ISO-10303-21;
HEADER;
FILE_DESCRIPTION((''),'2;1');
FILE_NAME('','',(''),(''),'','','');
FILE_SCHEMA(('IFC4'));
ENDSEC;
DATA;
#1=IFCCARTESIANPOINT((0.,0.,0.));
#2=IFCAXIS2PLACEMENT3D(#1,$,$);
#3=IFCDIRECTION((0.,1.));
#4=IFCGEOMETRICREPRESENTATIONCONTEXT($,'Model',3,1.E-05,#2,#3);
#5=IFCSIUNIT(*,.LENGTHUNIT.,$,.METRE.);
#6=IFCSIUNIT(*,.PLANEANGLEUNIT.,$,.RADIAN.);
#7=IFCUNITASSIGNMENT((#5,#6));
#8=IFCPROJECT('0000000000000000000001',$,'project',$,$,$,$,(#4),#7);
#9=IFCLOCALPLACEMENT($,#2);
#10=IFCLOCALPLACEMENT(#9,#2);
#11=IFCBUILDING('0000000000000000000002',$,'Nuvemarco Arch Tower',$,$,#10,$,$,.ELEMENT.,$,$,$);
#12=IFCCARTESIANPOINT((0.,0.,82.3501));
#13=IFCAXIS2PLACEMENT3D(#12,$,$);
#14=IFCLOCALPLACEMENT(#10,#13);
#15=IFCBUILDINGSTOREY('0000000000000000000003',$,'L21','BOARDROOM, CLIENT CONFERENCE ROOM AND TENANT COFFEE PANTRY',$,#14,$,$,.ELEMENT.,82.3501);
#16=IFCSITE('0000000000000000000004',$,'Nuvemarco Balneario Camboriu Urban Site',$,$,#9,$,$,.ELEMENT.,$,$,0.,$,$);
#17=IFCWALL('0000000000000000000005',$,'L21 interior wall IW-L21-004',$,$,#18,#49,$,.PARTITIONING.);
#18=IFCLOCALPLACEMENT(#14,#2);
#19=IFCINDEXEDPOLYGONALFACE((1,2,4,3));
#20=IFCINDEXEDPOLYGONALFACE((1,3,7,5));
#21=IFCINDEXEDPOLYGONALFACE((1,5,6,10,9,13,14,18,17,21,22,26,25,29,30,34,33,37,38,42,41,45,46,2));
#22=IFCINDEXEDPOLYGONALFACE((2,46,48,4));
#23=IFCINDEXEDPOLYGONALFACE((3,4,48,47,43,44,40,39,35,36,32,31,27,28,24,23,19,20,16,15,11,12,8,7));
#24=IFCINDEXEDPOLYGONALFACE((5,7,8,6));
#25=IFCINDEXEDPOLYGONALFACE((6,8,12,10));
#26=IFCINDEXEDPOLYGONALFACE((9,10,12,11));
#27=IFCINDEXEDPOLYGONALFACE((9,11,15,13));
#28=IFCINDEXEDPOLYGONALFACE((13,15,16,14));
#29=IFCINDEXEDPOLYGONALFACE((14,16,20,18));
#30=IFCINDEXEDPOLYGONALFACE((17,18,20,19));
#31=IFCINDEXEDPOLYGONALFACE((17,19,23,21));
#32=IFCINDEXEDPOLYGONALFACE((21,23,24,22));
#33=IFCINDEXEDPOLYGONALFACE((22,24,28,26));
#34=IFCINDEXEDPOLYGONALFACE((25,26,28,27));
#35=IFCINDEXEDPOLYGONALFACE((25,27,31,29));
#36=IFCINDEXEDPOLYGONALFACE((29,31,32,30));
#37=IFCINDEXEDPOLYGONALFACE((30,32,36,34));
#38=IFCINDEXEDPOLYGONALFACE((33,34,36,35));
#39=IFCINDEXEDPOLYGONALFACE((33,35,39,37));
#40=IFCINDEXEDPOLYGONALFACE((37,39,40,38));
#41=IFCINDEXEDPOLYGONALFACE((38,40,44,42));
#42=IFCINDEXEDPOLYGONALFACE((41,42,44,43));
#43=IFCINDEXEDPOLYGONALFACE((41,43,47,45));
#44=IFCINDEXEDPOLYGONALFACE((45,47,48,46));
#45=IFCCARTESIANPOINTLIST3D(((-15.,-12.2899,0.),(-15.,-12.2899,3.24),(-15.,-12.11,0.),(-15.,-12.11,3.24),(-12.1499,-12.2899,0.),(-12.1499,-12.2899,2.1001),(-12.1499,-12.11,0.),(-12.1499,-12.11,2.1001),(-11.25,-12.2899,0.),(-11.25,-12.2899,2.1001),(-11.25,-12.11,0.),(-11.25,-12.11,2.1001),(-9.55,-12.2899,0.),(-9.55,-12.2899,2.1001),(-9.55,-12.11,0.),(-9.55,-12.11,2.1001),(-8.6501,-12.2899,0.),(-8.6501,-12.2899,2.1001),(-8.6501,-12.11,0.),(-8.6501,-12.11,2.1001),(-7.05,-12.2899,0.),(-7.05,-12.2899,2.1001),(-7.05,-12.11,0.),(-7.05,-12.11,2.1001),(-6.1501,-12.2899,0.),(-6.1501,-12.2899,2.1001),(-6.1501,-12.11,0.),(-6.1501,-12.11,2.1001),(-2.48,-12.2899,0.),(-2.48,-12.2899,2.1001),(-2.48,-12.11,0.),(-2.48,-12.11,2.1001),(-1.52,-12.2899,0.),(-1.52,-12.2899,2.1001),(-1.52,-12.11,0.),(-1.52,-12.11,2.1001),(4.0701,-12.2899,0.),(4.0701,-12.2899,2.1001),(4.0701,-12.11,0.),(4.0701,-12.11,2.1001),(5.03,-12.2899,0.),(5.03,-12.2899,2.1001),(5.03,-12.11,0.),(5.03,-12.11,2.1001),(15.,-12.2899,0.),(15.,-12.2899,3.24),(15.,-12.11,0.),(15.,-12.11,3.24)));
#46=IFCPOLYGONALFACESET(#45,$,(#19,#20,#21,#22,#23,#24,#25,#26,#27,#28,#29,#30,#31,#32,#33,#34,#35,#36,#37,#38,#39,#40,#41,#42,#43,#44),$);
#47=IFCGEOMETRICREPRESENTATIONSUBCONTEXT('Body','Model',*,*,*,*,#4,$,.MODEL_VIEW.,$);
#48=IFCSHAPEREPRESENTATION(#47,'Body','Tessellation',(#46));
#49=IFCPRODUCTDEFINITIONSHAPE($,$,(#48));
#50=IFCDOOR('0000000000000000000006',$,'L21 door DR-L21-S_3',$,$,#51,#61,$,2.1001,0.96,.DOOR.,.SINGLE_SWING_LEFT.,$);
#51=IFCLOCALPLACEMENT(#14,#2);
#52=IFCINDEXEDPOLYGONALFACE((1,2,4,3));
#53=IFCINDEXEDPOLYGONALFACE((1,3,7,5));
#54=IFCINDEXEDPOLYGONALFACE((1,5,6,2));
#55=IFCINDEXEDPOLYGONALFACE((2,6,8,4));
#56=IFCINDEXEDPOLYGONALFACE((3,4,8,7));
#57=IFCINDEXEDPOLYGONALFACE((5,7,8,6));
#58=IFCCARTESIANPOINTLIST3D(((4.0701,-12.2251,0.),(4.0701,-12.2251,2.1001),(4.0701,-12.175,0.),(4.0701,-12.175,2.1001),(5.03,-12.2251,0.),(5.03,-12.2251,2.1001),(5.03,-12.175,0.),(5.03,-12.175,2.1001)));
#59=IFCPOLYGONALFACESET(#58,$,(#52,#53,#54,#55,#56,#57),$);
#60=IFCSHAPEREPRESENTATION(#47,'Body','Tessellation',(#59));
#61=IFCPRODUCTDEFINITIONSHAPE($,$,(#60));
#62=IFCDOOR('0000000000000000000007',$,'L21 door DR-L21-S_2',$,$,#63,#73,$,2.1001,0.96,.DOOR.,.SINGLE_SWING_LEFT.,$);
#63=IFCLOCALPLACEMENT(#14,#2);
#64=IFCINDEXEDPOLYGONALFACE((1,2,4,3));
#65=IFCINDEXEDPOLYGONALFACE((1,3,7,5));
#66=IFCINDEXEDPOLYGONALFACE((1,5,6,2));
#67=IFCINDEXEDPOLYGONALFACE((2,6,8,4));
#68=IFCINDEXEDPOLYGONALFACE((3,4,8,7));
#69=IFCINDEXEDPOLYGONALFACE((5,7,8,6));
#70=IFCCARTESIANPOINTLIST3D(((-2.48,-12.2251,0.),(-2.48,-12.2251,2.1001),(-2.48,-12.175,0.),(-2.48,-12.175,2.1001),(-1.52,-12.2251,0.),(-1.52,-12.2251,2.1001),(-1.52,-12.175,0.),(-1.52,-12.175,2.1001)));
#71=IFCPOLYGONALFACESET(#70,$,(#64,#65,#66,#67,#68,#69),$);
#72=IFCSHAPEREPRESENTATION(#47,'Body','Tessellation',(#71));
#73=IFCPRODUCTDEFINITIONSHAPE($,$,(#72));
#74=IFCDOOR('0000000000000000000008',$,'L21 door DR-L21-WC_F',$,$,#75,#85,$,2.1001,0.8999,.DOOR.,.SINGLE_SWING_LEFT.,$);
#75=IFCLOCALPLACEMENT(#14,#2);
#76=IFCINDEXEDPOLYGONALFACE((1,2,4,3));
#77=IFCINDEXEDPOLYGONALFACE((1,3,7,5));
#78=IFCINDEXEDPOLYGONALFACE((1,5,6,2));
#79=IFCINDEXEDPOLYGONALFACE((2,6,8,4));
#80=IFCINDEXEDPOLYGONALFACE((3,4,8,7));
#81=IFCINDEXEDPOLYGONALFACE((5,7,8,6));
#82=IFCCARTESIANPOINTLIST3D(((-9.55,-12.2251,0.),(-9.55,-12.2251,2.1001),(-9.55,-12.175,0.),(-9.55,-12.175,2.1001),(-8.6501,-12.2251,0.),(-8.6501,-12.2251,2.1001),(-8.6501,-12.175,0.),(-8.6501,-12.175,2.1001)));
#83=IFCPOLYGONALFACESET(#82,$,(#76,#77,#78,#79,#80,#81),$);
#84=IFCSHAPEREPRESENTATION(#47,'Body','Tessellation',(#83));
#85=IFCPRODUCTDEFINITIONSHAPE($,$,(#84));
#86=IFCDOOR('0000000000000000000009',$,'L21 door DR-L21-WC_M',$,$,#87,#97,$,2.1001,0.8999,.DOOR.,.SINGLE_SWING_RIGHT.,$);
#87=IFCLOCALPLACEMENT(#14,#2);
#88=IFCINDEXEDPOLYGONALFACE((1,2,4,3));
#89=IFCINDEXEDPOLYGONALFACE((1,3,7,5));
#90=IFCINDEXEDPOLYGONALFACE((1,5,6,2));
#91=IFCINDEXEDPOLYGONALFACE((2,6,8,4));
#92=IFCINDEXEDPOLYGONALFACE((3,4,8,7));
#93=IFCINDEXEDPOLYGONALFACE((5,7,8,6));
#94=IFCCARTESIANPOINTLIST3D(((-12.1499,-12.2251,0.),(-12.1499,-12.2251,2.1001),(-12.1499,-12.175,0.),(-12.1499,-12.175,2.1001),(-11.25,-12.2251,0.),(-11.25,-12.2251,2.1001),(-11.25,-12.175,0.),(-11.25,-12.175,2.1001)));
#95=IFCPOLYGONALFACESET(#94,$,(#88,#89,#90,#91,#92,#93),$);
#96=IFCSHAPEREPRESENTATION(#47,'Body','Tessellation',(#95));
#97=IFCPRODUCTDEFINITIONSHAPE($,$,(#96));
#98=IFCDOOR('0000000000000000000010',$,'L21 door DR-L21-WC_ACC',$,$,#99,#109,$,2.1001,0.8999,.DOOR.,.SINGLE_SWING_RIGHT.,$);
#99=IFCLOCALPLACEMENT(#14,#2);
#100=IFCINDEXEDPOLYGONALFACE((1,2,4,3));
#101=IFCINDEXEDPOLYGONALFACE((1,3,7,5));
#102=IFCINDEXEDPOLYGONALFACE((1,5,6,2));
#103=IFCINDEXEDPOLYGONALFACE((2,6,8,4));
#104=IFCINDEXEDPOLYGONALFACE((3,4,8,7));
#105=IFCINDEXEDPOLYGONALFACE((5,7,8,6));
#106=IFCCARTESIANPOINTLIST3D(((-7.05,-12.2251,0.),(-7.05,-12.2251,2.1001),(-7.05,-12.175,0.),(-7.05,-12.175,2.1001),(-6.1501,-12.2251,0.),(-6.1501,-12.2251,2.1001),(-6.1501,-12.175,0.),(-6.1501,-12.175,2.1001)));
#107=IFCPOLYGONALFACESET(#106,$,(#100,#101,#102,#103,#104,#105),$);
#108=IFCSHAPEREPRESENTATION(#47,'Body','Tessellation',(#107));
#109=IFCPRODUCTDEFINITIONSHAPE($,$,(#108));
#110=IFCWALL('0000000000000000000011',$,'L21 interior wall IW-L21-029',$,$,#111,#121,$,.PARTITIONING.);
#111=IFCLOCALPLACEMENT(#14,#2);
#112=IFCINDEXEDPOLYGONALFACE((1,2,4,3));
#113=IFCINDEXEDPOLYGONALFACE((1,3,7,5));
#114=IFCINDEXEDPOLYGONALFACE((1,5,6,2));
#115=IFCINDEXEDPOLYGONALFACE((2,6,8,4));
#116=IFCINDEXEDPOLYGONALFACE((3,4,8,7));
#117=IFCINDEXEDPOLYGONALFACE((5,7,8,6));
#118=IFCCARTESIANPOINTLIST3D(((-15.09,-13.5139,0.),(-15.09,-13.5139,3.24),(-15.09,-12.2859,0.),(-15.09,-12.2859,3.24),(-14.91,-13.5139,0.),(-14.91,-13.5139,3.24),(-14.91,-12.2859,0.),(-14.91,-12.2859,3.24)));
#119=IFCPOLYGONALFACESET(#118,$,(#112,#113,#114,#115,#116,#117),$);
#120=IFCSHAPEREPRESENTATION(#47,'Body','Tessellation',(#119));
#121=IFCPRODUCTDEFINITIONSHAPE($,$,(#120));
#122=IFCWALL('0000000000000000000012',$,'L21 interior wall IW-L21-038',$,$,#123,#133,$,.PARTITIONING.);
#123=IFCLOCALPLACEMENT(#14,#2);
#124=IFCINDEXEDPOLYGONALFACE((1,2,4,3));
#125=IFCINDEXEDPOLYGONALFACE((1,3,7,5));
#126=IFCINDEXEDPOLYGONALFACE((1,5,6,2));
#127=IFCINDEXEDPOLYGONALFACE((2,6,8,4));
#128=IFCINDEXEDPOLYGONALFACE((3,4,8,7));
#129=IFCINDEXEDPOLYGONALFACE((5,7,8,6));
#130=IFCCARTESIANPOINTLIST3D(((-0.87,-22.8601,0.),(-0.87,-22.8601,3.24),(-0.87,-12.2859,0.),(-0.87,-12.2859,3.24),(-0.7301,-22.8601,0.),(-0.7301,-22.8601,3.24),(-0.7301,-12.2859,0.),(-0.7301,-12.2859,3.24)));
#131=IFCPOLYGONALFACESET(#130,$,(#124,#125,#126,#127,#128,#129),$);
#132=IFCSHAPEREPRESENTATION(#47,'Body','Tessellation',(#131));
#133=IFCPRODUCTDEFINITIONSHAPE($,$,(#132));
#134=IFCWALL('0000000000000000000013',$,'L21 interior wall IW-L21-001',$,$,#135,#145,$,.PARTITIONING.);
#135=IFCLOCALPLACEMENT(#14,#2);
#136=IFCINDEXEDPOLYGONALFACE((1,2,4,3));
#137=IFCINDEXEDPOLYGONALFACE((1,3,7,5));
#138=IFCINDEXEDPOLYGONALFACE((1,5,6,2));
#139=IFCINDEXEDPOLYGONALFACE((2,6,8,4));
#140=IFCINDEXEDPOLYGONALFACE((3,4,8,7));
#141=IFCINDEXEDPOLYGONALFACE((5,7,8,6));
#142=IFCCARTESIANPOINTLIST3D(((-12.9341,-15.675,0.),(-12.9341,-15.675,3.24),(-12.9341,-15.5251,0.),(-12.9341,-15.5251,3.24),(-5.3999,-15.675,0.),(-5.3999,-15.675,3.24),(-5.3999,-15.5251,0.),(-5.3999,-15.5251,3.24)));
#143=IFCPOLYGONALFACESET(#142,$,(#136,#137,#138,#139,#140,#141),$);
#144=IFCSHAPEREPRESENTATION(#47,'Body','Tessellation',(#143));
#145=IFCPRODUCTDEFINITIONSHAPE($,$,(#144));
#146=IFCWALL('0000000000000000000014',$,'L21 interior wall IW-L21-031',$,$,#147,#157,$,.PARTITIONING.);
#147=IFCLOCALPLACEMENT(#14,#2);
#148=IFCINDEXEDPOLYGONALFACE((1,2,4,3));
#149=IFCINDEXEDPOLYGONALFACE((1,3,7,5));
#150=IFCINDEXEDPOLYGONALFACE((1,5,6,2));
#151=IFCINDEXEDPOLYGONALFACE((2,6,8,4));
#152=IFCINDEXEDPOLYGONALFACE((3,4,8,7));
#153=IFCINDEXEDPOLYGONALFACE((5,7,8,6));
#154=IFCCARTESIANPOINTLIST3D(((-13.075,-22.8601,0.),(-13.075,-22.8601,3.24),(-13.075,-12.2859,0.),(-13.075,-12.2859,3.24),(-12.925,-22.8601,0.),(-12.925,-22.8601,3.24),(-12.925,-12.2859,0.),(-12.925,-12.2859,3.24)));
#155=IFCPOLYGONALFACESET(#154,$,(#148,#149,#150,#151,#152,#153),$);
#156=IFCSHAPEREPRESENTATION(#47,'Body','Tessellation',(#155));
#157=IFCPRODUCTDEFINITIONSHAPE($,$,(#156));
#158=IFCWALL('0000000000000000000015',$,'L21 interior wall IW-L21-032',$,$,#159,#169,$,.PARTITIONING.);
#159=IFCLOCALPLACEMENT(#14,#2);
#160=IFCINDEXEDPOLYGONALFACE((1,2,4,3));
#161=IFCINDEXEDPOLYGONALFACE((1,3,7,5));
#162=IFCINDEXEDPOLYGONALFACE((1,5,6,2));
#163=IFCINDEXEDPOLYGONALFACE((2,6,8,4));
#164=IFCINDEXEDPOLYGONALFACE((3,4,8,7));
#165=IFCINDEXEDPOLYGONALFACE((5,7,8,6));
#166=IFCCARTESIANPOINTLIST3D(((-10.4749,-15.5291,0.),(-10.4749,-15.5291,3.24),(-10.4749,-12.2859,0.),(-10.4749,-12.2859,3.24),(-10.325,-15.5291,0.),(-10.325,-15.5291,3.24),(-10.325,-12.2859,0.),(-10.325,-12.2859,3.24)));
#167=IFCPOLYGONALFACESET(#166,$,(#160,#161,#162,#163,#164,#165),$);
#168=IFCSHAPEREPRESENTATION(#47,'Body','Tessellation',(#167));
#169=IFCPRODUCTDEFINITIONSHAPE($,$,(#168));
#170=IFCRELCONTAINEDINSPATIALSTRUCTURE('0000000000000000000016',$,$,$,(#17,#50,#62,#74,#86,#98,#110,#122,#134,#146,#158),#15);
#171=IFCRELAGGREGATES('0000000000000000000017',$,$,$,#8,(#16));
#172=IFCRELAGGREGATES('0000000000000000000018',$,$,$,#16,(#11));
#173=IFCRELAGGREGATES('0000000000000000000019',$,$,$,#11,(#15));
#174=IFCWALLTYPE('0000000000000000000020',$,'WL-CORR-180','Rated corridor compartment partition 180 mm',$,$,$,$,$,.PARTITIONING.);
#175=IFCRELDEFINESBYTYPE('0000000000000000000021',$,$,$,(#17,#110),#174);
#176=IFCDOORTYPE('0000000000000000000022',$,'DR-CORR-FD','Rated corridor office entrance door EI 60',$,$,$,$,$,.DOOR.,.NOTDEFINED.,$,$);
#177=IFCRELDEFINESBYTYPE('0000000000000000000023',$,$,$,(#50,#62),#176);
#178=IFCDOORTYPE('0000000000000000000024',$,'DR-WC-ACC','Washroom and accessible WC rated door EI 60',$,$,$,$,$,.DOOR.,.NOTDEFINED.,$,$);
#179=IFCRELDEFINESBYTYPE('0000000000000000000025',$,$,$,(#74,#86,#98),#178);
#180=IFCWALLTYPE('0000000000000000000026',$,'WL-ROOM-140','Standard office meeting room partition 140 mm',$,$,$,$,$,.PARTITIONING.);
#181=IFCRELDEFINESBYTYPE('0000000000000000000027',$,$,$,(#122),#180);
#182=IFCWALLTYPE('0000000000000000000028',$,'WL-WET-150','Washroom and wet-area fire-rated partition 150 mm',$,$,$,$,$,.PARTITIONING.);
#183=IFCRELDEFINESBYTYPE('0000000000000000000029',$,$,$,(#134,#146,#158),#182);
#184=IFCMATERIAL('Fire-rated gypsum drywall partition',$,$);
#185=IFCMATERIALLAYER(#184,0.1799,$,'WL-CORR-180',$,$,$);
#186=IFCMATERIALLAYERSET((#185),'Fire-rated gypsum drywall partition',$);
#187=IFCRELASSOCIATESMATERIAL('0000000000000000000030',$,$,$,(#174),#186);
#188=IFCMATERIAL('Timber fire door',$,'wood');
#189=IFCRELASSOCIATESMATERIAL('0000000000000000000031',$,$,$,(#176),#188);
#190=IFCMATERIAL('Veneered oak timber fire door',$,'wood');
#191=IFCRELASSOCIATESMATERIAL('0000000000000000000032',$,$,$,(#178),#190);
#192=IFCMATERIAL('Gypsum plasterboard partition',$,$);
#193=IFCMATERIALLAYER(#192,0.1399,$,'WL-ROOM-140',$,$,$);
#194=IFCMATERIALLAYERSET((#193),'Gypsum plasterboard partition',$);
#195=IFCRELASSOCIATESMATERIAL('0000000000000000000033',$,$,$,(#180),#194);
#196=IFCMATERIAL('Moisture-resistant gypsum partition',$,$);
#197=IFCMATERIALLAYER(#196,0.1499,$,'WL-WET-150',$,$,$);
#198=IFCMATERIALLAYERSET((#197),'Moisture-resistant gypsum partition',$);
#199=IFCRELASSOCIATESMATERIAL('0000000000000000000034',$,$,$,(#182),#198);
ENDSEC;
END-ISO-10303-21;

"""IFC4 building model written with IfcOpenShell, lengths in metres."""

from ifc_helpers import new_model, si_unit, direction, frame, frame_2d, origin, place, context, subcontext, project, spatial, rectangle, extrude, source, transform, mapped, material, layer, layer_set, type_object, type_shapes, element, fill, save


model = new_model("IFC4")

# Units and contexts
model_context = context("Model", 3, precision=1e-05, world=origin(), true_north=direction((0.0, 1.0)))
body_context = subcontext(model_context, "Body", "Model", "MODEL_VIEW")
ifc_project = project(units=[si_unit("LENGTHUNIT", "METRE"), si_unit("PLANEANGLEUNIT", "RADIAN")], contexts=[model_context])

# Site, building, storey
site_placement = place(None, origin())
site = spatial("IfcSite", under=ifc_project, at=site_placement, Name="Nuvemarco Balneario Camboriu Urban Site", CompositionType="ELEMENT", RefElevation=0.0)
building_placement = place(site_placement, origin())
building = spatial("IfcBuilding", under=site, at=building_placement, Name="Nuvemarco Arch Tower", CompositionType="ELEMENT")
storey_placement = place(building_placement, frame((0.0, 0.0, 82.3501)))
storey = spatial("IfcBuildingStorey", under=building, at=storey_placement, Name="L21", Description="BOARDROOM, CLIENT CONFERENCE ROOM AND TENANT COFFEE PANTRY", CompositionType="ELEMENT", Elevation=82.3501)

# Wall, openings, doors
ifc_material_1 = material(Name="Fire-rated gypsum drywall partition")
ifc_layer_1 = layer(ifc_material_1, 0.1799, Name="WL-CORR-180")
ifc_layer_set_1 = layer_set([ifc_layer_1], Name="Fire-rated gypsum drywall partition")
wall_type_1 = type_object("IfcWallType", Name="WL-CORR-180", Description="Rated corridor compartment partition 180 mm", PredefinedType="PARTITIONING", material=ifc_layer_set_1)
wall_1_placement = place(storey_placement, frame((-15.0, -12.2, 0.0), z_axis=(0.0, 0.0, 1.0), x_axis=(1.0, 0.0, 0.0)))
wall_1 = element("IfcWall", 1, at=wall_1_placement, inside=storey, type_object=wall_type_1, Name="L21 interior wall IW-L21-004", PredefinedType="PARTITIONING", context=body_context, shape_type="SweptSolid", body=[
    extrude(rectangle(XDim=30.0, YDim=0.1799, at=frame_2d((15.0, 0.0))), origin(), (0.0, 0.0, 1.0), 3.24),
])
opening_1_placement = place(wall_1_placement, frame((19.0701, 0.0, 0.0)))
opening_1 = element("IfcOpeningElement", 2, at=opening_1_placement, cuts=wall_1, PredefinedType="OPENING", context=body_context, shape_type="SweptSolid", body=[
    extrude(rectangle(XDim=0.96, YDim=2.1001, at=frame_2d((0.48, 1.05))), frame((0.0, 0.0999, 0.0), z_axis=(0.0, -1.0, 0.0), x_axis=(1.0, 0.0, 0.0)), (0.0, 0.0, 1.0), 0.2),
])
opening_2_placement = place(wall_1_placement, frame((5.45, 0.0, 0.0)))
opening_2 = element("IfcOpeningElement", 3, at=opening_2_placement, cuts=wall_1, PredefinedType="OPENING", context=body_context, shape_type="SweptSolid", body=[
    extrude(rectangle(XDim=0.8999, YDim=2.1001, at=frame_2d((0.45, 1.05))), frame((0.0, 0.0999, 0.0), z_axis=(0.0, -1.0, 0.0), x_axis=(1.0, 0.0, 0.0)), (0.0, 0.0, 1.0), 0.2),
])
opening_3_placement = place(wall_1_placement, frame((2.8501, 0.0, 0.0)))
opening_3 = element("IfcOpeningElement", 4, at=opening_3_placement, cuts=wall_1, PredefinedType="OPENING", context=body_context, shape_type="SweptSolid", body=[
    extrude(rectangle(XDim=0.8999, YDim=2.1001, at=frame_2d((0.45, 1.05))), frame((0.0, 0.0999, 0.0), z_axis=(0.0, -1.0, 0.0), x_axis=(1.0, 0.0, 0.0)), (0.0, 0.0, 1.0), 0.2),
])
opening_4_placement = place(wall_1_placement, frame((12.52, 0.0, 0.0)))
opening_4 = element("IfcOpeningElement", 5, at=opening_4_placement, cuts=wall_1, PredefinedType="OPENING", context=body_context, shape_type="SweptSolid", body=[
    extrude(rectangle(XDim=0.96, YDim=2.1001, at=frame_2d((0.48, 1.05))), frame((0.0, 0.0999, 0.0), z_axis=(0.0, -1.0, 0.0), x_axis=(1.0, 0.0, 0.0)), (0.0, 0.0, 1.0), 0.2),
])
opening_5_placement = place(wall_1_placement, frame((7.95, 0.0, 0.0)))
opening_5 = element("IfcOpeningElement", 6, at=opening_5_placement, cuts=wall_1, PredefinedType="OPENING", context=body_context, shape_type="SweptSolid", body=[
    extrude(rectangle(XDim=0.8999, YDim=2.1001, at=frame_2d((0.45, 1.05))), frame((0.0, 0.0999, 0.0), z_axis=(0.0, -1.0, 0.0), x_axis=(1.0, 0.0, 0.0)), (0.0, 0.0, 1.0), 0.2),
])
ifc_material_2 = material(Name="Timber fire door", Category="wood")
door_type_1 = type_object("IfcDoorType", Name="DR-CORR-FD", Description="Rated corridor office entrance door EI 60", OperationType="NOTDEFINED", PredefinedType="DOOR", material=ifc_material_2)
shared_shape_1 = source(origin(), body_context, "Body", "SweptSolid", [
    extrude(rectangle(XDim=0.96, YDim=2.1001, at=frame_2d((0.48, 1.05))), frame((0.0, 0.0249, 0.0), z_axis=(0.0, -1.0, 0.0), x_axis=(1.0, 0.0, 0.0)), (0.0, 0.0, 1.0), 0.05),
])
type_shapes(door_type_1, [shared_shape_1])
door_1_placement = place(opening_1_placement, origin())
door_1 = element("IfcDoor", 7, at=door_1_placement, inside=storey, type_object=door_type_1, Name="L21 door DR-L21-S_3", OperationType="SINGLE_SWING_LEFT", OverallHeight=2.1001, OverallWidth=0.96, PredefinedType="DOOR", context=body_context, shape_type="MappedRepresentation", body=[
    mapped(shared_shape_1, transform((0.0, 0.0, 0.0), scale=1.0)),
])
fill(opening_1, door_1)
door_2_placement = place(opening_4_placement, origin())
door_2 = element("IfcDoor", 8, at=door_2_placement, inside=storey, type_object=door_type_1, Name="L21 door DR-L21-S_2", OperationType="SINGLE_SWING_LEFT", OverallHeight=2.1001, OverallWidth=0.96, PredefinedType="DOOR", context=body_context, shape_type="MappedRepresentation", body=[
    mapped(shared_shape_1, transform((0.0, 0.0, 0.0), scale=1.0)),
])
fill(opening_4, door_2)
ifc_material_3 = material(Name="Veneered oak timber fire door", Category="wood")
door_type_2 = type_object("IfcDoorType", Name="DR-WC-ACC", Description="Washroom and accessible WC rated door EI 60", OperationType="NOTDEFINED", PredefinedType="DOOR", material=ifc_material_3)
shared_shape_2 = source(origin(), body_context, "Body", "SweptSolid", [
    extrude(rectangle(XDim=0.8999, YDim=2.1001, at=frame_2d((0.45, 1.05))), frame((0.0, 0.0249, 0.0), z_axis=(0.0, -1.0, 0.0), x_axis=(1.0, 0.0, 0.0)), (0.0, 0.0, 1.0), 0.05),
])
type_shapes(door_type_2, [shared_shape_2])
door_3_placement = place(opening_2_placement, origin())
door_3 = element("IfcDoor", 9, at=door_3_placement, inside=storey, type_object=door_type_2, Name="L21 door DR-L21-WC_F", OperationType="SINGLE_SWING_LEFT", OverallHeight=2.1001, OverallWidth=0.8999, PredefinedType="DOOR", context=body_context, shape_type="MappedRepresentation", body=[
    mapped(shared_shape_2, transform((0.0, 0.0, 0.0), scale=1.0)),
])
fill(opening_2, door_3)
door_4_placement = place(opening_3_placement, origin())
door_4 = element("IfcDoor", 10, at=door_4_placement, inside=storey, type_object=door_type_2, Name="L21 door DR-L21-WC_M", OperationType="SINGLE_SWING_RIGHT", OverallHeight=2.1001, OverallWidth=0.8999, PredefinedType="DOOR", context=body_context, shape_type="MappedRepresentation", body=[
    mapped(shared_shape_2, transform((0.0, 0.0, 0.0), scale=1.0)),
])
fill(opening_3, door_4)
door_5_placement = place(opening_5_placement, origin())
door_5 = element("IfcDoor", 11, at=door_5_placement, inside=storey, type_object=door_type_2, Name="L21 door DR-L21-WC_ACC", OperationType="SINGLE_SWING_RIGHT", OverallHeight=2.1001, OverallWidth=0.8999, PredefinedType="DOOR", context=body_context, shape_type="MappedRepresentation", body=[
    mapped(shared_shape_2, transform((0.0, 0.0, 0.0), scale=1.0)),
])
fill(opening_5, door_5)

# Walls
wall_2_placement = place(storey_placement, frame((-15.0, -13.5139, 0.0), z_axis=(0.0, 0.0, 1.0), x_axis=(0.0, 1.0, 0.0)))
element("IfcWall", 12, at=wall_2_placement, inside=storey, type_object=wall_type_1, Name="L21 interior wall IW-L21-029", PredefinedType="PARTITIONING", context=body_context, shape_type="SweptSolid", body=[
    extrude(rectangle(XDim=1.228, YDim=0.1799, at=frame_2d((0.614, 0.0))), origin(), (0.0, 0.0, 1.0), 3.24),
])
ifc_material_4 = material(Name="Gypsum plasterboard partition")
ifc_layer_2 = layer(ifc_material_4, 0.1399, Name="WL-ROOM-140")
ifc_layer_set_2 = layer_set([ifc_layer_2], Name="Gypsum plasterboard partition")
wall_type_2 = type_object("IfcWallType", Name="WL-ROOM-140", Description="Standard office meeting room partition 140 mm", PredefinedType="PARTITIONING", material=ifc_layer_set_2)
wall_3_placement = place(storey_placement, frame((-0.8, -22.8601, 0.0), z_axis=(0.0, 0.0, 1.0), x_axis=(0.0, 1.0, 0.0)))
element("IfcWall", 13, at=wall_3_placement, inside=storey, type_object=wall_type_2, Name="L21 interior wall IW-L21-038", PredefinedType="PARTITIONING", context=body_context, shape_type="SweptSolid", body=[
    extrude(rectangle(XDim=10.5742, YDim=0.1399, at=frame_2d((5.2871, 0.0))), origin(), (0.0, 0.0, 1.0), 3.24),
])
ifc_material_5 = material(Name="Moisture-resistant gypsum partition")
ifc_layer_3 = layer(ifc_material_5, 0.1499, Name="WL-WET-150")
ifc_layer_set_3 = layer_set([ifc_layer_3], Name="Moisture-resistant gypsum partition")
wall_type_3 = type_object("IfcWallType", Name="WL-WET-150", Description="Washroom and wet-area fire-rated partition 150 mm", PredefinedType="PARTITIONING", material=ifc_layer_set_3)
wall_4_placement = place(storey_placement, frame((-12.9341, -15.6001, 0.0), z_axis=(0.0, 0.0, 1.0), x_axis=(1.0, 0.0, 0.0)))
element("IfcWall", 14, at=wall_4_placement, inside=storey, type_object=wall_type_3, Name="L21 interior wall IW-L21-001", PredefinedType="PARTITIONING", context=body_context, shape_type="SweptSolid", body=[
    extrude(rectangle(XDim=7.5342, YDim=0.1499, at=frame_2d((3.7671, 0.0))), origin(), (0.0, 0.0, 1.0), 3.24),
])
wall_5_placement = place(storey_placement, frame((-13.0, -22.8601, 0.0), z_axis=(0.0, 0.0, 1.0), x_axis=(0.0, 1.0, 0.0)))
element("IfcWall", 15, at=wall_5_placement, inside=storey, type_object=wall_type_3, Name="L21 interior wall IW-L21-031", PredefinedType="PARTITIONING", context=body_context, shape_type="SweptSolid", body=[
    extrude(rectangle(XDim=10.5742, YDim=0.1499, at=frame_2d((5.2871, 0.0))), origin(), (0.0, 0.0, 1.0), 3.24),
])
for number, where, z_axis, x_axis, name in (
    (16, (-10.3999, -15.5291, 0.0), (0.0, 0.0, 1.0), (0.0, 1.0, 0.0), "L21 interior wall IW-L21-032"),
):
    element("IfcWall", number, at=place(storey_placement, frame(where, z_axis=z_axis, x_axis=x_axis)), inside=storey, type_object=wall_type_3, Name=name, PredefinedType="PARTITIONING", context=body_context, shape_type="SweptSolid", body=[
        extrude(rectangle(XDim=3.2432, YDim=0.1499, at=frame_2d((1.6216, 0.0))), origin(), (0.0, 0.0, 1.0), 3.24),
    ])

save(model, "model.ifc")
